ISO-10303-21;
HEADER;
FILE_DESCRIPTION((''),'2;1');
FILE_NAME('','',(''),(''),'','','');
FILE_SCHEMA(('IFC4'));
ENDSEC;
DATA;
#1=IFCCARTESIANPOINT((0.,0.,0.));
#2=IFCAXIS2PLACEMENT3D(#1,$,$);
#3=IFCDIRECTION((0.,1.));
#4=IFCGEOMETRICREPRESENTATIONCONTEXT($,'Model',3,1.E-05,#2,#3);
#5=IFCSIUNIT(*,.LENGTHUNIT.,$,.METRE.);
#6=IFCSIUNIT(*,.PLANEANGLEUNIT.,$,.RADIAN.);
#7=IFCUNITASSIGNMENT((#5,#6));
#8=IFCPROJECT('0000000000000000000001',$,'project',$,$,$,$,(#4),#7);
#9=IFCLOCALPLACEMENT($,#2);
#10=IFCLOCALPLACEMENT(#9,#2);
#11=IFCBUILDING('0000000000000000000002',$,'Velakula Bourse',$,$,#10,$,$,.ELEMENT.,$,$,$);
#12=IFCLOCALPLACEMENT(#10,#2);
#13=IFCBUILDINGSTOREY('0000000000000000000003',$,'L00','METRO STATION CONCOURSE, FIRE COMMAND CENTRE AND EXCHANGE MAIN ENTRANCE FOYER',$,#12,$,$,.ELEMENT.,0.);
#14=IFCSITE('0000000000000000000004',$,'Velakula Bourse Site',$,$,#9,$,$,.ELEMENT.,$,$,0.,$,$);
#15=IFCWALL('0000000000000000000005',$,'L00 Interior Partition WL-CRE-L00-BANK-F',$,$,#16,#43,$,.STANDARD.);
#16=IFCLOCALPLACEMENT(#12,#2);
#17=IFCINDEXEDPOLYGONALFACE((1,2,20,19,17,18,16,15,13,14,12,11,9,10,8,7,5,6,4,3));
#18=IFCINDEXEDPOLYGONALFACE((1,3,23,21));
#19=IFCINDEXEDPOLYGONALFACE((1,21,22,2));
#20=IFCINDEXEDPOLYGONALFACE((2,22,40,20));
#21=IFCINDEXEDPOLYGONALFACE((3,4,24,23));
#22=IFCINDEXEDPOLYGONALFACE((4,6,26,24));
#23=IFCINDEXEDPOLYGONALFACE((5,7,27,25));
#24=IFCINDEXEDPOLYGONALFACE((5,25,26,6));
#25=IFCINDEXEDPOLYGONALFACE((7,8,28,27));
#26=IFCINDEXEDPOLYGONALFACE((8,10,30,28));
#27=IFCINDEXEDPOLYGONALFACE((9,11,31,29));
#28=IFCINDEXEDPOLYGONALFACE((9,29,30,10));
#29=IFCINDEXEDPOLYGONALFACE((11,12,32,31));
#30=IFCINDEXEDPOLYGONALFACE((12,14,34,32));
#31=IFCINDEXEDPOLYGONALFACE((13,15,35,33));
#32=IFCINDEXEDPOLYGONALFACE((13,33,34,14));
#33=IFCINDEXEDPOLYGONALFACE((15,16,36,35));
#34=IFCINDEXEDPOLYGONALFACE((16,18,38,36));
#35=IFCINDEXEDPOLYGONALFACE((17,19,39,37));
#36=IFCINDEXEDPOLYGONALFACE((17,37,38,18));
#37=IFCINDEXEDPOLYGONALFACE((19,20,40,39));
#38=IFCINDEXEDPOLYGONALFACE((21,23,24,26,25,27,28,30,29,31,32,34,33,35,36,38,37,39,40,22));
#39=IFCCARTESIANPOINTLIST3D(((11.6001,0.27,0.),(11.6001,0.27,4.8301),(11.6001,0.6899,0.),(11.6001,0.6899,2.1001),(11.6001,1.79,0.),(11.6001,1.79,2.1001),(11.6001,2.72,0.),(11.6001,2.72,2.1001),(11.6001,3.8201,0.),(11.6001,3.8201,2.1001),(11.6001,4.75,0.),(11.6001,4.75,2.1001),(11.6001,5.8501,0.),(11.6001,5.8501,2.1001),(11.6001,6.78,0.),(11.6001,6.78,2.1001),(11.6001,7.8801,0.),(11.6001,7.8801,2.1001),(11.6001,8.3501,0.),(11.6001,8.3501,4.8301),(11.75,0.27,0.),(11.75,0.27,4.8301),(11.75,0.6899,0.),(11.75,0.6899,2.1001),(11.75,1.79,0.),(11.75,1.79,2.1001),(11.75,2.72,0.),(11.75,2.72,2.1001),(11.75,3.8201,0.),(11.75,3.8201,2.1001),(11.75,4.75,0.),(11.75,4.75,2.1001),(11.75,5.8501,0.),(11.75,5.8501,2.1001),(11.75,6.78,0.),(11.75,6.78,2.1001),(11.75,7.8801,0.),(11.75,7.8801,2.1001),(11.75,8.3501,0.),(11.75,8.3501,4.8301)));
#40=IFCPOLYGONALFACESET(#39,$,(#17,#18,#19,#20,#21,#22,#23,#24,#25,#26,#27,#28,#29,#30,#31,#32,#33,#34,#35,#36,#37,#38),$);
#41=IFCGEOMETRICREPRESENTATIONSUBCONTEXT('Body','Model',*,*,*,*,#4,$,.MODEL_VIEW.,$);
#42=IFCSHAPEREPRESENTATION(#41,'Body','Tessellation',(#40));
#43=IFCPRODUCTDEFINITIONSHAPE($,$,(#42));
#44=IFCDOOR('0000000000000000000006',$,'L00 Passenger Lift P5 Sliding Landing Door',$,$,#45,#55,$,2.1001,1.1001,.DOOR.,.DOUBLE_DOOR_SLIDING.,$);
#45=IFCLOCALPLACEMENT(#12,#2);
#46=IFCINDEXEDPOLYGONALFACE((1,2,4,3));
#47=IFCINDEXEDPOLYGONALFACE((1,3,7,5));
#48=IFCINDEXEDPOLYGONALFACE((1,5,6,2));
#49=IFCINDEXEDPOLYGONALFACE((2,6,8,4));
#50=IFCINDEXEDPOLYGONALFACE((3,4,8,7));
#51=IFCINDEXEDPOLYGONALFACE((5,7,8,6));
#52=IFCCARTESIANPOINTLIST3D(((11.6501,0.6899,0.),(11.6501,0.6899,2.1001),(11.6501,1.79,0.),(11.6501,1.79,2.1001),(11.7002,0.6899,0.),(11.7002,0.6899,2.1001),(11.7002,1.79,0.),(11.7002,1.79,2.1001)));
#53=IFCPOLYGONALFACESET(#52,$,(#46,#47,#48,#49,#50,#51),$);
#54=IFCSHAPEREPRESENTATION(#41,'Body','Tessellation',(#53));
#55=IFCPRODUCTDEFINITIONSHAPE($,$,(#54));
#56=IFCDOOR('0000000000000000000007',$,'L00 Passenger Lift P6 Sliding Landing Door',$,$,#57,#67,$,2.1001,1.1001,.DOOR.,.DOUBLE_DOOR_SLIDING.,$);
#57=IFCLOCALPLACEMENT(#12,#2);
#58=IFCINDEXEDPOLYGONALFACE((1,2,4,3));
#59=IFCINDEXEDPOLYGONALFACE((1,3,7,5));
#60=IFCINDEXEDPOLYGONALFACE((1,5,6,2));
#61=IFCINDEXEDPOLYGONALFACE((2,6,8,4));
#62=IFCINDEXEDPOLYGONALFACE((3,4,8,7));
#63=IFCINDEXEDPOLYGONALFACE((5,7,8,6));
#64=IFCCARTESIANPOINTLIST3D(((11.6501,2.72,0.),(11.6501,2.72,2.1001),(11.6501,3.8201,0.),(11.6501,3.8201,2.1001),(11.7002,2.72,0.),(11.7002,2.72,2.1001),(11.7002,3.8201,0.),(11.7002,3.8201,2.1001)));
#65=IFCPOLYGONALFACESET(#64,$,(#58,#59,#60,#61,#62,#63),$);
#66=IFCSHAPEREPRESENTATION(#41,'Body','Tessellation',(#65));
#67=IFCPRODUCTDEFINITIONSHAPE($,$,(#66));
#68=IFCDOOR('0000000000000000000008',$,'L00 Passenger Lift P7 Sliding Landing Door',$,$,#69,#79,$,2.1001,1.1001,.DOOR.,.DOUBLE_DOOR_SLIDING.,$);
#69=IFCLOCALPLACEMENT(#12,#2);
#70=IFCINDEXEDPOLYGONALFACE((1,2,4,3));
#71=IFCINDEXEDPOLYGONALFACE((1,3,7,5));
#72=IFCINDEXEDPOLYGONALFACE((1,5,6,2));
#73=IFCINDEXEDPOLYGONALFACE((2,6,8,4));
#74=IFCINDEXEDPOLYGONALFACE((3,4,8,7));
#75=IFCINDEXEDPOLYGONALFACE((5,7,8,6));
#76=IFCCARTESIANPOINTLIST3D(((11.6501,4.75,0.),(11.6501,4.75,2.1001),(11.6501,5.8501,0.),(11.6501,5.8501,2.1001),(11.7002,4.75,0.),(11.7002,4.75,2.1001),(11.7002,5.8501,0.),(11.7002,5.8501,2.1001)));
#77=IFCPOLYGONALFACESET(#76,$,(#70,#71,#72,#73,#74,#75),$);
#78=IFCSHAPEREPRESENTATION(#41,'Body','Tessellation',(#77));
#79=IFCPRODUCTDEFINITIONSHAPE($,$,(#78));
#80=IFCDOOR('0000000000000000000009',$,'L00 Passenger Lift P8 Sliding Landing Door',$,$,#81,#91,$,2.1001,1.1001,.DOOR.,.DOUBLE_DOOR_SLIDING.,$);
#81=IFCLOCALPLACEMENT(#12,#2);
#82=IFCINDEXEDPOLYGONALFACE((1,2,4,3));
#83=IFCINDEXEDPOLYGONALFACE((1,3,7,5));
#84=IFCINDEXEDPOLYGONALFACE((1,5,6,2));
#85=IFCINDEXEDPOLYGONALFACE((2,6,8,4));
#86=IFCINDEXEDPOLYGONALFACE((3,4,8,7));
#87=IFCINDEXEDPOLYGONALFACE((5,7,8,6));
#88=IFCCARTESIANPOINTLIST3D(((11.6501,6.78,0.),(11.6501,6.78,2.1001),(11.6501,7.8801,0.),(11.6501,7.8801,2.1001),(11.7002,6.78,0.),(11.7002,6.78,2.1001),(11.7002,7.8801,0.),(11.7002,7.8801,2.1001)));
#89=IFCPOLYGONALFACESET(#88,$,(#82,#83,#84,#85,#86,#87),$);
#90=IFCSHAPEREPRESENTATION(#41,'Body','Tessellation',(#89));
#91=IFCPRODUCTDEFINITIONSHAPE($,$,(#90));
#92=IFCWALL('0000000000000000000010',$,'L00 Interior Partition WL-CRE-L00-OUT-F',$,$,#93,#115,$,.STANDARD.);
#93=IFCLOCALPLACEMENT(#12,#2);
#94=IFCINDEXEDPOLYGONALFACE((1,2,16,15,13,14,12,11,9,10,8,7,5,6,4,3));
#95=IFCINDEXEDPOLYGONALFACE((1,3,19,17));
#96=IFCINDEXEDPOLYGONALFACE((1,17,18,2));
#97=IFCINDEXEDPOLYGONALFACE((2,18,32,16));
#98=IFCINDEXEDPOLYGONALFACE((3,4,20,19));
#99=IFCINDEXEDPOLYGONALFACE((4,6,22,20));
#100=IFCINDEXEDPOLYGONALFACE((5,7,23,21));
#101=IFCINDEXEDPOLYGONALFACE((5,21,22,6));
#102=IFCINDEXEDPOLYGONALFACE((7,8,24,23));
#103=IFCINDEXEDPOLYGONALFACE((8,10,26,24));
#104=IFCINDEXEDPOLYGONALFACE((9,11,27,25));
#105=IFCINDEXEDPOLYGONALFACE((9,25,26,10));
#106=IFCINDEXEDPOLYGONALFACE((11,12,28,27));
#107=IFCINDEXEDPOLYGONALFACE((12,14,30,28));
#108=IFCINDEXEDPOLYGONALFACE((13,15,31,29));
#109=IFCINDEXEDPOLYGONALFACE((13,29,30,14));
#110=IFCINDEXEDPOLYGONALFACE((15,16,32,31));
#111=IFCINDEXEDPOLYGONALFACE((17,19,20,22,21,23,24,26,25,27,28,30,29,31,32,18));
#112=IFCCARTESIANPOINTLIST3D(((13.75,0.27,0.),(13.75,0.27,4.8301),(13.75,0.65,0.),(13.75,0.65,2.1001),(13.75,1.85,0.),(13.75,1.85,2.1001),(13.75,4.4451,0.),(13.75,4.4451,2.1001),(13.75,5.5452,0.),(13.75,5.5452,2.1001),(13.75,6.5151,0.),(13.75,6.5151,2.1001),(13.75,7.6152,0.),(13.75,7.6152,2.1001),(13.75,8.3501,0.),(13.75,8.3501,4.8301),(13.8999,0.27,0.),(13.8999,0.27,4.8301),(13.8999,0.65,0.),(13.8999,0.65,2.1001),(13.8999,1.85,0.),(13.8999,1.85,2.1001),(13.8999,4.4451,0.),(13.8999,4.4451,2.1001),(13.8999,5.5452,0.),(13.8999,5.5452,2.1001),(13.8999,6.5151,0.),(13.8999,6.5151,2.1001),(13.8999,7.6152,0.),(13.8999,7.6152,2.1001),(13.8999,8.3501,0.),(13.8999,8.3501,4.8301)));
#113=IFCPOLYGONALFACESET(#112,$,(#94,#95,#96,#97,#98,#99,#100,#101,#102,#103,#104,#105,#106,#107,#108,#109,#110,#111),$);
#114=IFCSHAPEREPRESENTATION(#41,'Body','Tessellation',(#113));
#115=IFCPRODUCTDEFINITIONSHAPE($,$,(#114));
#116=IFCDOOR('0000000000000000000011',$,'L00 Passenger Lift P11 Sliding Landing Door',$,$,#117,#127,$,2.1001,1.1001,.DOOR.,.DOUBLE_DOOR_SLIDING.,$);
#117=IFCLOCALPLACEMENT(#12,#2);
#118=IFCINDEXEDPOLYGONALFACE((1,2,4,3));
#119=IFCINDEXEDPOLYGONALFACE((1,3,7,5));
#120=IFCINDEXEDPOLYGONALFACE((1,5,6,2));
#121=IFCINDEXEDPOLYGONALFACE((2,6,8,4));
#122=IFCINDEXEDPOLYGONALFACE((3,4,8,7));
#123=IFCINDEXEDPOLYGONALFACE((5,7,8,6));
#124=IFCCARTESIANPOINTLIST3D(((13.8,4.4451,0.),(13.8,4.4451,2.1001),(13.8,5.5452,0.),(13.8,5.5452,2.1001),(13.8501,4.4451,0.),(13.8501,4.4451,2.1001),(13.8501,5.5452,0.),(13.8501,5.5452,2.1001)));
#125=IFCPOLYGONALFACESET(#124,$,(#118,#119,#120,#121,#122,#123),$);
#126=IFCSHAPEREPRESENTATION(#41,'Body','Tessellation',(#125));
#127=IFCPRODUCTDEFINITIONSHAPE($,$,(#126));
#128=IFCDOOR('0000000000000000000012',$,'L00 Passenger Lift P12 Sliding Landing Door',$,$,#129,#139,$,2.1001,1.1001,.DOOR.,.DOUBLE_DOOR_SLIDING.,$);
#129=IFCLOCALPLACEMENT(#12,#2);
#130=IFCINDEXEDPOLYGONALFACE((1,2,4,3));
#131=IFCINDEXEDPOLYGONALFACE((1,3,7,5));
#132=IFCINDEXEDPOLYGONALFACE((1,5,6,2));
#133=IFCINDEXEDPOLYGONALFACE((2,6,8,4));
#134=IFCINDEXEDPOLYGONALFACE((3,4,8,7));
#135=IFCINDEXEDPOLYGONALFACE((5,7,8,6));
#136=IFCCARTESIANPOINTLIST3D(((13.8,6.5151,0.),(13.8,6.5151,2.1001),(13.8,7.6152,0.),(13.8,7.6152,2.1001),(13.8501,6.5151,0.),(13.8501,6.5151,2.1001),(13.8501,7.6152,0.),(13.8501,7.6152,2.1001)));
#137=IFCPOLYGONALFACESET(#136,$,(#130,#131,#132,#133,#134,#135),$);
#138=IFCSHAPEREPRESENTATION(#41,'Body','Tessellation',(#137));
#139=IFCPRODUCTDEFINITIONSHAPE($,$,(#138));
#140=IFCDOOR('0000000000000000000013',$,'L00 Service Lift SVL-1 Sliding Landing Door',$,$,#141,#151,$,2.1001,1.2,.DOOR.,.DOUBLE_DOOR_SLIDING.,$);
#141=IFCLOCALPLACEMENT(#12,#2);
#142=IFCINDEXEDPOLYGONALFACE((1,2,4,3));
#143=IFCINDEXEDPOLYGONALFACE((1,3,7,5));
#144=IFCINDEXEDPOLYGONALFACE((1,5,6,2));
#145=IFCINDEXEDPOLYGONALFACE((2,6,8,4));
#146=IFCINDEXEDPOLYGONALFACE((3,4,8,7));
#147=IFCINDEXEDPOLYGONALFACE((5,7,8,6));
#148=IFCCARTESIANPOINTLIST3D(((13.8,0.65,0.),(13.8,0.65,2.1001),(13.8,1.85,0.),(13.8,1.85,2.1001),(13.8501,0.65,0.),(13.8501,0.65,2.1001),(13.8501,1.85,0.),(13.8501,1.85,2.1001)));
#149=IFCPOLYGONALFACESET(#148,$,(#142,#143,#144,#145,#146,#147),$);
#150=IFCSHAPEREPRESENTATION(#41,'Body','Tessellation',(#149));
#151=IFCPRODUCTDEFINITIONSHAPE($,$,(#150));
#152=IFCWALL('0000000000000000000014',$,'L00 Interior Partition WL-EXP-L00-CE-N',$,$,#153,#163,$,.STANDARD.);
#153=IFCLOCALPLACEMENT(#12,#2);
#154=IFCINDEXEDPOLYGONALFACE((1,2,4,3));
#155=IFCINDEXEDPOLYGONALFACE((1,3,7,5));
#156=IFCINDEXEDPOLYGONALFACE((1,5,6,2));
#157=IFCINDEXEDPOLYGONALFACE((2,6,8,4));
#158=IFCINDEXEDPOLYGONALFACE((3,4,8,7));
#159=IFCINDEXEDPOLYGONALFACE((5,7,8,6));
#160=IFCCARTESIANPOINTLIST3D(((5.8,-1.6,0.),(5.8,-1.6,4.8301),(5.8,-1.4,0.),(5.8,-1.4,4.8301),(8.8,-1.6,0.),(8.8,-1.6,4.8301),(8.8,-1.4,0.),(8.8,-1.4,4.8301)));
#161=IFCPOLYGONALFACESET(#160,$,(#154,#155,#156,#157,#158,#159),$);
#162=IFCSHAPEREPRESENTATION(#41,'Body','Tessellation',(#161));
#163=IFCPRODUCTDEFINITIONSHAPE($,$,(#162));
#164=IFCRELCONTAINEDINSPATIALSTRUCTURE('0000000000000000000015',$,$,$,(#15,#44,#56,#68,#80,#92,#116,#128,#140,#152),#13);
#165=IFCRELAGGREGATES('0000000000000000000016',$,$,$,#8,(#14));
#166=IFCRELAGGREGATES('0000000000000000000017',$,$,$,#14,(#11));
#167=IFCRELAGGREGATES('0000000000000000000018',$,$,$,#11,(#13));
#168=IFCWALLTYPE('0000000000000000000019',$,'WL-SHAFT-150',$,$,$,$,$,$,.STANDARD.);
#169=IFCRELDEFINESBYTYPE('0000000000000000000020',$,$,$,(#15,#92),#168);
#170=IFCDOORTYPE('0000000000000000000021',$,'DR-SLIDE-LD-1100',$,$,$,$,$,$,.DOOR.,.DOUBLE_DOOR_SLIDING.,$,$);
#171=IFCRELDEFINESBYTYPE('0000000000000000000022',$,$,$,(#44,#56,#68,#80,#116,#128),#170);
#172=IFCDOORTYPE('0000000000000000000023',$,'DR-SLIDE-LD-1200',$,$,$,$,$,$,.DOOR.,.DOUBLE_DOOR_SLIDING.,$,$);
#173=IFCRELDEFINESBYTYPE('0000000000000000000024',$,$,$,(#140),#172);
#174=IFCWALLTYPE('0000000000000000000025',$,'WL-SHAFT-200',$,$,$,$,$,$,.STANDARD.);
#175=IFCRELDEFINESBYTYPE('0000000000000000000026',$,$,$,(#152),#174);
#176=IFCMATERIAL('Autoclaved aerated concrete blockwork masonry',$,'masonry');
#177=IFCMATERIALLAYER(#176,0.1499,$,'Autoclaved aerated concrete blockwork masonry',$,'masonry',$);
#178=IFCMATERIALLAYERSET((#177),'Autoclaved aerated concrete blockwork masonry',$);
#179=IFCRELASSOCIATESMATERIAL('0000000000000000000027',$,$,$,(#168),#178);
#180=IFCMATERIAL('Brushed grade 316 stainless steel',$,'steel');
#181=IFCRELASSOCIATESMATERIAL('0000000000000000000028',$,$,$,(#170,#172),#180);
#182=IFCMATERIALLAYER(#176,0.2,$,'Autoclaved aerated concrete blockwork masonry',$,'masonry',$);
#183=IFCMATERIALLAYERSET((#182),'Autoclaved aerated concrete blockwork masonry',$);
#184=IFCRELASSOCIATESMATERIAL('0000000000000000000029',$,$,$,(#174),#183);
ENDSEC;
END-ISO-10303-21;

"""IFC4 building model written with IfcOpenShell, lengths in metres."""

from ifc_helpers import new_model, si_unit, direction, frame, frame_2d, origin, place, context, subcontext, project, spatial, rectangle, extrude, material, layer, layer_set, type_object, element, fill, save


model = new_model("IFC4")

# Units and contexts
model_context = context("Model", 3, precision=1e-05, world=origin(), true_north=direction((0.0, 1.0)))
body_context = subcontext(model_context, "Body", "Model", "MODEL_VIEW")
ifc_project = project(units=[si_unit("LENGTHUNIT", "METRE"), si_unit("PLANEANGLEUNIT", "RADIAN")], contexts=[model_context])

# Site, building, storey
site_placement = place(None, origin())
site = spatial("IfcSite", under=ifc_project, at=site_placement, Name="Velakula Bourse Site", CompositionType="ELEMENT", RefElevation=0.0)
building_placement = place(site_placement, origin())
building = spatial("IfcBuilding", under=site, at=building_placement, Name="Velakula Bourse", CompositionType="ELEMENT")
storey_placement = place(building_placement, origin())
storey = spatial("IfcBuildingStorey", under=building, at=storey_placement, Name="L00", Description="METRO STATION CONCOURSE, FIRE COMMAND CENTRE AND EXCHANGE MAIN ENTRANCE FOYER", CompositionType="ELEMENT", Elevation=0.0)

# Shared definitions
ifc_material_1 = material(Name="Autoclaved aerated concrete blockwork masonry", Category="masonry")
ifc_layer_1 = layer(ifc_material_1, 0.1499, Name="Autoclaved aerated concrete blockwork masonry", Category="masonry")
ifc_layer_set_1 = layer_set([ifc_layer_1], Name="Autoclaved aerated concrete blockwork masonry")
wall_type_1 = type_object("IfcWallType", Name="WL-SHAFT-150", PredefinedType="STANDARD", material=ifc_layer_set_1)

# Walls, openings, doors
wall_1_placement = place(storey_placement, frame((11.675, 0.27, 0.0), z_axis=(0.0, 0.0, 1.0), x_axis=(0.0, 1.0, 0.0)))
wall_1 = element("IfcWall", 1, at=wall_1_placement, inside=storey, type_object=wall_type_1, Name="L00 Interior Partition WL-CRE-L00-BANK-F", PredefinedType="STANDARD", context=body_context, shape_type="SweptSolid", body=[
    extrude(rectangle(XDim=8.0801, YDim=0.1499, at=frame_2d((4.04, 0.0))), origin(), (0.0, 0.0, 1.0), 4.8301),
])
opening_1_placement = place(wall_1_placement, frame((0.4199, 0.0, 0.0)))
opening_1 = element("IfcOpeningElement", 2, at=opening_1_placement, cuts=wall_1, PredefinedType="OPENING", context=body_context, shape_type="SweptSolid", body=[
    extrude(rectangle(XDim=1.1001, YDim=2.1001, at=frame_2d((0.55, 1.05))), frame((0.0, 0.085, 0.0), z_axis=(0.0, -1.0, 0.0), x_axis=(1.0, 0.0, 0.0)), (0.0, 0.0, 1.0), 0.1699),
])
opening_2_placement = place(wall_1_placement, frame((2.45, 0.0, 0.0)))
opening_2 = element("IfcOpeningElement", 3, at=opening_2_placement, cuts=wall_1, PredefinedType="OPENING", context=body_context, shape_type="SweptSolid", body=[
    extrude(rectangle(XDim=1.1001, YDim=2.1001, at=frame_2d((0.55, 1.05))), frame((0.0, 0.085, 0.0), z_axis=(0.0, -1.0, 0.0), x_axis=(1.0, 0.0, 0.0)), (0.0, 0.0, 1.0), 0.1699),
])
opening_3_placement = place(wall_1_placement, frame((4.48, 0.0, 0.0)))
opening_3 = element("IfcOpeningElement", 4, at=opening_3_placement, cuts=wall_1, PredefinedType="OPENING", context=body_context, shape_type="SweptSolid", body=[
    extrude(rectangle(XDim=1.1001, YDim=2.1001, at=frame_2d((0.55, 1.05))), frame((0.0, 0.085, 0.0), z_axis=(0.0, -1.0, 0.0), x_axis=(1.0, 0.0, 0.0)), (0.0, 0.0, 1.0), 0.1699),
])
opening_4_placement = place(wall_1_placement, frame((6.51, 0.0, 0.0)))
opening_4 = element("IfcOpeningElement", 5, at=opening_4_placement, cuts=wall_1, PredefinedType="OPENING", context=body_context, shape_type="SweptSolid", body=[
    extrude(rectangle(XDim=1.1001, YDim=2.1001, at=frame_2d((0.55, 1.05))), frame((0.0, 0.085, 0.0), z_axis=(0.0, -1.0, 0.0), x_axis=(1.0, 0.0, 0.0)), (0.0, 0.0, 1.0), 0.1699),
])
ifc_material_2 = material(Name="Brushed grade 316 stainless steel", Category="steel")
door_type_1 = type_object("IfcDoorType", Name="DR-SLIDE-LD-1100", OperationType="DOUBLE_DOOR_SLIDING", PredefinedType="DOOR", material=ifc_material_2)
door_1_placement = place(opening_1_placement, origin())
door_1 = element("IfcDoor", 6, at=door_1_placement, inside=storey, type_object=door_type_1, Name="L00 Passenger Lift P5 Sliding Landing Door", OperationType="DOUBLE_DOOR_SLIDING", OverallHeight=2.1001, OverallWidth=1.1001, PredefinedType="DOOR", context=body_context, shape_type="SweptSolid", body=[
    extrude(rectangle(XDim=1.1001, YDim=2.1001, at=frame_2d((0.55, 1.05))), frame((0.0, 0.0249, 0.0), z_axis=(0.0, -1.0, 0.0), x_axis=(1.0, 0.0, 0.0)), (0.0, 0.0, 1.0), 0.05),
])
fill(opening_1, door_1)
door_2_placement = place(opening_2_placement, origin())
door_2 = element("IfcDoor", 7, at=door_2_placement, inside=storey, type_object=door_type_1, Name="L00 Passenger Lift P6 Sliding Landing Door", OperationType="DOUBLE_DOOR_SLIDING", OverallHeight=2.1001, OverallWidth=1.1001, PredefinedType="DOOR", context=body_context, shape_type="SweptSolid", body=[
    extrude(rectangle(XDim=1.1001, YDim=2.1001, at=frame_2d((0.55, 1.05))), frame((0.0, 0.0249, 0.0), z_axis=(0.0, -1.0, 0.0), x_axis=(1.0, 0.0, 0.0)), (0.0, 0.0, 1.0), 0.05),
])
fill(opening_2, door_2)
door_3_placement = place(opening_3_placement, origin())
door_3 = element("IfcDoor", 8, at=door_3_placement, inside=storey, type_object=door_type_1, Name="L00 Passenger Lift P7 Sliding Landing Door", OperationType="DOUBLE_DOOR_SLIDING", OverallHeight=2.1001, OverallWidth=1.1001, PredefinedType="DOOR", context=body_context, shape_type="SweptSolid", body=[
    extrude(rectangle(XDim=1.1001, YDim=2.1001, at=frame_2d((0.55, 1.05))), frame((0.0, 0.0249, 0.0), z_axis=(0.0, -1.0, 0.0), x_axis=(1.0, 0.0, 0.0)), (0.0, 0.0, 1.0), 0.05),
])
fill(opening_3, door_3)
door_4_placement = place(opening_4_placement, origin())
door_4 = element("IfcDoor", 9, at=door_4_placement, inside=storey, type_object=door_type_1, Name="L00 Passenger Lift P8 Sliding Landing Door", OperationType="DOUBLE_DOOR_SLIDING", OverallHeight=2.1001, OverallWidth=1.1001, PredefinedType="DOOR", context=body_context, shape_type="SweptSolid", body=[
    extrude(rectangle(XDim=1.1001, YDim=2.1001, at=frame_2d((0.55, 1.05))), frame((0.0, 0.0249, 0.0), z_axis=(0.0, -1.0, 0.0), x_axis=(1.0, 0.0, 0.0)), (0.0, 0.0, 1.0), 0.05),
])
fill(opening_4, door_4)
wall_2_placement = place(storey_placement, frame((13.825, 0.27, 0.0), z_axis=(0.0, 0.0, 1.0), x_axis=(0.0, 1.0, 0.0)))
wall_2 = element("IfcWall", 10, at=wall_2_placement, inside=storey, type_object=wall_type_1, Name="L00 Interior Partition WL-CRE-L00-OUT-F", PredefinedType="STANDARD", context=body_context, shape_type="SweptSolid", body=[
    extrude(rectangle(XDim=8.0801, YDim=0.1499, at=frame_2d((4.04, 0.0))), origin(), (0.0, 0.0, 1.0), 4.8301),
])
opening_5_placement = place(wall_2_placement, frame((4.175, 0.0, 0.0)))
opening_5 = element("IfcOpeningElement", 11, at=opening_5_placement, cuts=wall_2, PredefinedType="OPENING", context=body_context, shape_type="SweptSolid", body=[
    extrude(rectangle(XDim=1.1001, YDim=2.1001, at=frame_2d((0.55, 1.05))), frame((0.0, 0.085, 0.0), z_axis=(0.0, -1.0, 0.0), x_axis=(1.0, 0.0, 0.0)), (0.0, 0.0, 1.0), 0.1699),
])
opening_6_placement = place(wall_2_placement, frame((6.2451, 0.0, 0.0)))
opening_6 = element("IfcOpeningElement", 12, at=opening_6_placement, cuts=wall_2, PredefinedType="OPENING", context=body_context, shape_type="SweptSolid", body=[
    extrude(rectangle(XDim=1.1001, YDim=2.1001, at=frame_2d((0.55, 1.05))), frame((0.0, 0.085, 0.0), z_axis=(0.0, -1.0, 0.0), x_axis=(1.0, 0.0, 0.0)), (0.0, 0.0, 1.0), 0.1699),
])
opening_7_placement = place(wall_2_placement, frame((0.3799, 0.0, 0.0)))
opening_7 = element("IfcOpeningElement", 13, at=opening_7_placement, cuts=wall_2, PredefinedType="OPENING", context=body_context, shape_type="SweptSolid", body=[
    extrude(rectangle(XDim=1.2, YDim=2.1001, at=frame_2d((0.6001, 1.05))), frame((0.0, 0.085, 0.0), z_axis=(0.0, -1.0, 0.0), x_axis=(1.0, 0.0, 0.0)), (0.0, 0.0, 1.0), 0.1699),
])
door_5_placement = place(opening_5_placement, origin())
door_5 = element("IfcDoor", 14, at=door_5_placement, inside=storey, type_object=door_type_1, Name="L00 Passenger Lift P11 Sliding Landing Door", OperationType="DOUBLE_DOOR_SLIDING", OverallHeight=2.1001, OverallWidth=1.1001, PredefinedType="DOOR", context=body_context, shape_type="SweptSolid", body=[
    extrude(rectangle(XDim=1.1001, YDim=2.1001, at=frame_2d((0.55, 1.05))), frame((0.0, 0.0249, 0.0), z_axis=(0.0, -1.0, 0.0), x_axis=(1.0, 0.0, 0.0)), (0.0, 0.0, 1.0), 0.05),
])
fill(opening_5, door_5)
door_6_placement = place(opening_6_placement, origin())
door_6 = element("IfcDoor", 15, at=door_6_placement, inside=storey, type_object=door_type_1, Name="L00 Passenger Lift P12 Sliding Landing Door", OperationType="DOUBLE_DOOR_SLIDING", OverallHeight=2.1001, OverallWidth=1.1001, PredefinedType="DOOR", context=body_context, shape_type="SweptSolid", body=[
    extrude(rectangle(XDim=1.1001, YDim=2.1001, at=frame_2d((0.55, 1.05))), frame((0.0, 0.0249, 0.0), z_axis=(0.0, -1.0, 0.0), x_axis=(1.0, 0.0, 0.0)), (0.0, 0.0, 1.0), 0.05),
])
fill(opening_6, door_6)
door_type_2 = type_object("IfcDoorType", Name="DR-SLIDE-LD-1200", OperationType="DOUBLE_DOOR_SLIDING", PredefinedType="DOOR", material=ifc_material_2)
door_7_placement = place(opening_7_placement, origin())
door_7 = element("IfcDoor", 16, at=door_7_placement, inside=storey, type_object=door_type_2, Name="L00 Service Lift SVL-1 Sliding Landing Door", OperationType="DOUBLE_DOOR_SLIDING", OverallHeight=2.1001, OverallWidth=1.2, PredefinedType="DOOR", context=body_context, shape_type="SweptSolid", body=[
    extrude(rectangle(XDim=1.2, YDim=2.1001, at=frame_2d((0.6001, 1.05))), frame((0.0, 0.0249, 0.0), z_axis=(0.0, -1.0, 0.0), x_axis=(1.0, 0.0, 0.0)), (0.0, 0.0, 1.0), 0.05),
])
fill(opening_7, door_7)

# Wall
ifc_layer_2 = layer(ifc_material_1, 0.2, Name="Autoclaved aerated concrete blockwork masonry", Category="masonry")
ifc_layer_set_2 = layer_set([ifc_layer_2], Name="Autoclaved aerated concrete blockwork masonry")
wall_type_2 = type_object("IfcWallType", Name="WL-SHAFT-200", PredefinedType="STANDARD", material=ifc_layer_set_2)
wall_3_placement = place(storey_placement, frame((5.8, -1.5, 0.0), z_axis=(0.0, 0.0, 1.0), x_axis=(1.0, 0.0, 0.0)))
element("IfcWall", 17, at=wall_3_placement, inside=storey, type_object=wall_type_2, Name="L00 Interior Partition WL-EXP-L00-CE-N", PredefinedType="STANDARD", context=body_context, shape_type="SweptSolid", body=[
    extrude(rectangle(XDim=3.0, YDim=0.2, at=frame_2d((1.5, 0.0))), origin(), (0.0, 0.0, 1.0), 4.8301),
])

save(model, "model.ifc")
